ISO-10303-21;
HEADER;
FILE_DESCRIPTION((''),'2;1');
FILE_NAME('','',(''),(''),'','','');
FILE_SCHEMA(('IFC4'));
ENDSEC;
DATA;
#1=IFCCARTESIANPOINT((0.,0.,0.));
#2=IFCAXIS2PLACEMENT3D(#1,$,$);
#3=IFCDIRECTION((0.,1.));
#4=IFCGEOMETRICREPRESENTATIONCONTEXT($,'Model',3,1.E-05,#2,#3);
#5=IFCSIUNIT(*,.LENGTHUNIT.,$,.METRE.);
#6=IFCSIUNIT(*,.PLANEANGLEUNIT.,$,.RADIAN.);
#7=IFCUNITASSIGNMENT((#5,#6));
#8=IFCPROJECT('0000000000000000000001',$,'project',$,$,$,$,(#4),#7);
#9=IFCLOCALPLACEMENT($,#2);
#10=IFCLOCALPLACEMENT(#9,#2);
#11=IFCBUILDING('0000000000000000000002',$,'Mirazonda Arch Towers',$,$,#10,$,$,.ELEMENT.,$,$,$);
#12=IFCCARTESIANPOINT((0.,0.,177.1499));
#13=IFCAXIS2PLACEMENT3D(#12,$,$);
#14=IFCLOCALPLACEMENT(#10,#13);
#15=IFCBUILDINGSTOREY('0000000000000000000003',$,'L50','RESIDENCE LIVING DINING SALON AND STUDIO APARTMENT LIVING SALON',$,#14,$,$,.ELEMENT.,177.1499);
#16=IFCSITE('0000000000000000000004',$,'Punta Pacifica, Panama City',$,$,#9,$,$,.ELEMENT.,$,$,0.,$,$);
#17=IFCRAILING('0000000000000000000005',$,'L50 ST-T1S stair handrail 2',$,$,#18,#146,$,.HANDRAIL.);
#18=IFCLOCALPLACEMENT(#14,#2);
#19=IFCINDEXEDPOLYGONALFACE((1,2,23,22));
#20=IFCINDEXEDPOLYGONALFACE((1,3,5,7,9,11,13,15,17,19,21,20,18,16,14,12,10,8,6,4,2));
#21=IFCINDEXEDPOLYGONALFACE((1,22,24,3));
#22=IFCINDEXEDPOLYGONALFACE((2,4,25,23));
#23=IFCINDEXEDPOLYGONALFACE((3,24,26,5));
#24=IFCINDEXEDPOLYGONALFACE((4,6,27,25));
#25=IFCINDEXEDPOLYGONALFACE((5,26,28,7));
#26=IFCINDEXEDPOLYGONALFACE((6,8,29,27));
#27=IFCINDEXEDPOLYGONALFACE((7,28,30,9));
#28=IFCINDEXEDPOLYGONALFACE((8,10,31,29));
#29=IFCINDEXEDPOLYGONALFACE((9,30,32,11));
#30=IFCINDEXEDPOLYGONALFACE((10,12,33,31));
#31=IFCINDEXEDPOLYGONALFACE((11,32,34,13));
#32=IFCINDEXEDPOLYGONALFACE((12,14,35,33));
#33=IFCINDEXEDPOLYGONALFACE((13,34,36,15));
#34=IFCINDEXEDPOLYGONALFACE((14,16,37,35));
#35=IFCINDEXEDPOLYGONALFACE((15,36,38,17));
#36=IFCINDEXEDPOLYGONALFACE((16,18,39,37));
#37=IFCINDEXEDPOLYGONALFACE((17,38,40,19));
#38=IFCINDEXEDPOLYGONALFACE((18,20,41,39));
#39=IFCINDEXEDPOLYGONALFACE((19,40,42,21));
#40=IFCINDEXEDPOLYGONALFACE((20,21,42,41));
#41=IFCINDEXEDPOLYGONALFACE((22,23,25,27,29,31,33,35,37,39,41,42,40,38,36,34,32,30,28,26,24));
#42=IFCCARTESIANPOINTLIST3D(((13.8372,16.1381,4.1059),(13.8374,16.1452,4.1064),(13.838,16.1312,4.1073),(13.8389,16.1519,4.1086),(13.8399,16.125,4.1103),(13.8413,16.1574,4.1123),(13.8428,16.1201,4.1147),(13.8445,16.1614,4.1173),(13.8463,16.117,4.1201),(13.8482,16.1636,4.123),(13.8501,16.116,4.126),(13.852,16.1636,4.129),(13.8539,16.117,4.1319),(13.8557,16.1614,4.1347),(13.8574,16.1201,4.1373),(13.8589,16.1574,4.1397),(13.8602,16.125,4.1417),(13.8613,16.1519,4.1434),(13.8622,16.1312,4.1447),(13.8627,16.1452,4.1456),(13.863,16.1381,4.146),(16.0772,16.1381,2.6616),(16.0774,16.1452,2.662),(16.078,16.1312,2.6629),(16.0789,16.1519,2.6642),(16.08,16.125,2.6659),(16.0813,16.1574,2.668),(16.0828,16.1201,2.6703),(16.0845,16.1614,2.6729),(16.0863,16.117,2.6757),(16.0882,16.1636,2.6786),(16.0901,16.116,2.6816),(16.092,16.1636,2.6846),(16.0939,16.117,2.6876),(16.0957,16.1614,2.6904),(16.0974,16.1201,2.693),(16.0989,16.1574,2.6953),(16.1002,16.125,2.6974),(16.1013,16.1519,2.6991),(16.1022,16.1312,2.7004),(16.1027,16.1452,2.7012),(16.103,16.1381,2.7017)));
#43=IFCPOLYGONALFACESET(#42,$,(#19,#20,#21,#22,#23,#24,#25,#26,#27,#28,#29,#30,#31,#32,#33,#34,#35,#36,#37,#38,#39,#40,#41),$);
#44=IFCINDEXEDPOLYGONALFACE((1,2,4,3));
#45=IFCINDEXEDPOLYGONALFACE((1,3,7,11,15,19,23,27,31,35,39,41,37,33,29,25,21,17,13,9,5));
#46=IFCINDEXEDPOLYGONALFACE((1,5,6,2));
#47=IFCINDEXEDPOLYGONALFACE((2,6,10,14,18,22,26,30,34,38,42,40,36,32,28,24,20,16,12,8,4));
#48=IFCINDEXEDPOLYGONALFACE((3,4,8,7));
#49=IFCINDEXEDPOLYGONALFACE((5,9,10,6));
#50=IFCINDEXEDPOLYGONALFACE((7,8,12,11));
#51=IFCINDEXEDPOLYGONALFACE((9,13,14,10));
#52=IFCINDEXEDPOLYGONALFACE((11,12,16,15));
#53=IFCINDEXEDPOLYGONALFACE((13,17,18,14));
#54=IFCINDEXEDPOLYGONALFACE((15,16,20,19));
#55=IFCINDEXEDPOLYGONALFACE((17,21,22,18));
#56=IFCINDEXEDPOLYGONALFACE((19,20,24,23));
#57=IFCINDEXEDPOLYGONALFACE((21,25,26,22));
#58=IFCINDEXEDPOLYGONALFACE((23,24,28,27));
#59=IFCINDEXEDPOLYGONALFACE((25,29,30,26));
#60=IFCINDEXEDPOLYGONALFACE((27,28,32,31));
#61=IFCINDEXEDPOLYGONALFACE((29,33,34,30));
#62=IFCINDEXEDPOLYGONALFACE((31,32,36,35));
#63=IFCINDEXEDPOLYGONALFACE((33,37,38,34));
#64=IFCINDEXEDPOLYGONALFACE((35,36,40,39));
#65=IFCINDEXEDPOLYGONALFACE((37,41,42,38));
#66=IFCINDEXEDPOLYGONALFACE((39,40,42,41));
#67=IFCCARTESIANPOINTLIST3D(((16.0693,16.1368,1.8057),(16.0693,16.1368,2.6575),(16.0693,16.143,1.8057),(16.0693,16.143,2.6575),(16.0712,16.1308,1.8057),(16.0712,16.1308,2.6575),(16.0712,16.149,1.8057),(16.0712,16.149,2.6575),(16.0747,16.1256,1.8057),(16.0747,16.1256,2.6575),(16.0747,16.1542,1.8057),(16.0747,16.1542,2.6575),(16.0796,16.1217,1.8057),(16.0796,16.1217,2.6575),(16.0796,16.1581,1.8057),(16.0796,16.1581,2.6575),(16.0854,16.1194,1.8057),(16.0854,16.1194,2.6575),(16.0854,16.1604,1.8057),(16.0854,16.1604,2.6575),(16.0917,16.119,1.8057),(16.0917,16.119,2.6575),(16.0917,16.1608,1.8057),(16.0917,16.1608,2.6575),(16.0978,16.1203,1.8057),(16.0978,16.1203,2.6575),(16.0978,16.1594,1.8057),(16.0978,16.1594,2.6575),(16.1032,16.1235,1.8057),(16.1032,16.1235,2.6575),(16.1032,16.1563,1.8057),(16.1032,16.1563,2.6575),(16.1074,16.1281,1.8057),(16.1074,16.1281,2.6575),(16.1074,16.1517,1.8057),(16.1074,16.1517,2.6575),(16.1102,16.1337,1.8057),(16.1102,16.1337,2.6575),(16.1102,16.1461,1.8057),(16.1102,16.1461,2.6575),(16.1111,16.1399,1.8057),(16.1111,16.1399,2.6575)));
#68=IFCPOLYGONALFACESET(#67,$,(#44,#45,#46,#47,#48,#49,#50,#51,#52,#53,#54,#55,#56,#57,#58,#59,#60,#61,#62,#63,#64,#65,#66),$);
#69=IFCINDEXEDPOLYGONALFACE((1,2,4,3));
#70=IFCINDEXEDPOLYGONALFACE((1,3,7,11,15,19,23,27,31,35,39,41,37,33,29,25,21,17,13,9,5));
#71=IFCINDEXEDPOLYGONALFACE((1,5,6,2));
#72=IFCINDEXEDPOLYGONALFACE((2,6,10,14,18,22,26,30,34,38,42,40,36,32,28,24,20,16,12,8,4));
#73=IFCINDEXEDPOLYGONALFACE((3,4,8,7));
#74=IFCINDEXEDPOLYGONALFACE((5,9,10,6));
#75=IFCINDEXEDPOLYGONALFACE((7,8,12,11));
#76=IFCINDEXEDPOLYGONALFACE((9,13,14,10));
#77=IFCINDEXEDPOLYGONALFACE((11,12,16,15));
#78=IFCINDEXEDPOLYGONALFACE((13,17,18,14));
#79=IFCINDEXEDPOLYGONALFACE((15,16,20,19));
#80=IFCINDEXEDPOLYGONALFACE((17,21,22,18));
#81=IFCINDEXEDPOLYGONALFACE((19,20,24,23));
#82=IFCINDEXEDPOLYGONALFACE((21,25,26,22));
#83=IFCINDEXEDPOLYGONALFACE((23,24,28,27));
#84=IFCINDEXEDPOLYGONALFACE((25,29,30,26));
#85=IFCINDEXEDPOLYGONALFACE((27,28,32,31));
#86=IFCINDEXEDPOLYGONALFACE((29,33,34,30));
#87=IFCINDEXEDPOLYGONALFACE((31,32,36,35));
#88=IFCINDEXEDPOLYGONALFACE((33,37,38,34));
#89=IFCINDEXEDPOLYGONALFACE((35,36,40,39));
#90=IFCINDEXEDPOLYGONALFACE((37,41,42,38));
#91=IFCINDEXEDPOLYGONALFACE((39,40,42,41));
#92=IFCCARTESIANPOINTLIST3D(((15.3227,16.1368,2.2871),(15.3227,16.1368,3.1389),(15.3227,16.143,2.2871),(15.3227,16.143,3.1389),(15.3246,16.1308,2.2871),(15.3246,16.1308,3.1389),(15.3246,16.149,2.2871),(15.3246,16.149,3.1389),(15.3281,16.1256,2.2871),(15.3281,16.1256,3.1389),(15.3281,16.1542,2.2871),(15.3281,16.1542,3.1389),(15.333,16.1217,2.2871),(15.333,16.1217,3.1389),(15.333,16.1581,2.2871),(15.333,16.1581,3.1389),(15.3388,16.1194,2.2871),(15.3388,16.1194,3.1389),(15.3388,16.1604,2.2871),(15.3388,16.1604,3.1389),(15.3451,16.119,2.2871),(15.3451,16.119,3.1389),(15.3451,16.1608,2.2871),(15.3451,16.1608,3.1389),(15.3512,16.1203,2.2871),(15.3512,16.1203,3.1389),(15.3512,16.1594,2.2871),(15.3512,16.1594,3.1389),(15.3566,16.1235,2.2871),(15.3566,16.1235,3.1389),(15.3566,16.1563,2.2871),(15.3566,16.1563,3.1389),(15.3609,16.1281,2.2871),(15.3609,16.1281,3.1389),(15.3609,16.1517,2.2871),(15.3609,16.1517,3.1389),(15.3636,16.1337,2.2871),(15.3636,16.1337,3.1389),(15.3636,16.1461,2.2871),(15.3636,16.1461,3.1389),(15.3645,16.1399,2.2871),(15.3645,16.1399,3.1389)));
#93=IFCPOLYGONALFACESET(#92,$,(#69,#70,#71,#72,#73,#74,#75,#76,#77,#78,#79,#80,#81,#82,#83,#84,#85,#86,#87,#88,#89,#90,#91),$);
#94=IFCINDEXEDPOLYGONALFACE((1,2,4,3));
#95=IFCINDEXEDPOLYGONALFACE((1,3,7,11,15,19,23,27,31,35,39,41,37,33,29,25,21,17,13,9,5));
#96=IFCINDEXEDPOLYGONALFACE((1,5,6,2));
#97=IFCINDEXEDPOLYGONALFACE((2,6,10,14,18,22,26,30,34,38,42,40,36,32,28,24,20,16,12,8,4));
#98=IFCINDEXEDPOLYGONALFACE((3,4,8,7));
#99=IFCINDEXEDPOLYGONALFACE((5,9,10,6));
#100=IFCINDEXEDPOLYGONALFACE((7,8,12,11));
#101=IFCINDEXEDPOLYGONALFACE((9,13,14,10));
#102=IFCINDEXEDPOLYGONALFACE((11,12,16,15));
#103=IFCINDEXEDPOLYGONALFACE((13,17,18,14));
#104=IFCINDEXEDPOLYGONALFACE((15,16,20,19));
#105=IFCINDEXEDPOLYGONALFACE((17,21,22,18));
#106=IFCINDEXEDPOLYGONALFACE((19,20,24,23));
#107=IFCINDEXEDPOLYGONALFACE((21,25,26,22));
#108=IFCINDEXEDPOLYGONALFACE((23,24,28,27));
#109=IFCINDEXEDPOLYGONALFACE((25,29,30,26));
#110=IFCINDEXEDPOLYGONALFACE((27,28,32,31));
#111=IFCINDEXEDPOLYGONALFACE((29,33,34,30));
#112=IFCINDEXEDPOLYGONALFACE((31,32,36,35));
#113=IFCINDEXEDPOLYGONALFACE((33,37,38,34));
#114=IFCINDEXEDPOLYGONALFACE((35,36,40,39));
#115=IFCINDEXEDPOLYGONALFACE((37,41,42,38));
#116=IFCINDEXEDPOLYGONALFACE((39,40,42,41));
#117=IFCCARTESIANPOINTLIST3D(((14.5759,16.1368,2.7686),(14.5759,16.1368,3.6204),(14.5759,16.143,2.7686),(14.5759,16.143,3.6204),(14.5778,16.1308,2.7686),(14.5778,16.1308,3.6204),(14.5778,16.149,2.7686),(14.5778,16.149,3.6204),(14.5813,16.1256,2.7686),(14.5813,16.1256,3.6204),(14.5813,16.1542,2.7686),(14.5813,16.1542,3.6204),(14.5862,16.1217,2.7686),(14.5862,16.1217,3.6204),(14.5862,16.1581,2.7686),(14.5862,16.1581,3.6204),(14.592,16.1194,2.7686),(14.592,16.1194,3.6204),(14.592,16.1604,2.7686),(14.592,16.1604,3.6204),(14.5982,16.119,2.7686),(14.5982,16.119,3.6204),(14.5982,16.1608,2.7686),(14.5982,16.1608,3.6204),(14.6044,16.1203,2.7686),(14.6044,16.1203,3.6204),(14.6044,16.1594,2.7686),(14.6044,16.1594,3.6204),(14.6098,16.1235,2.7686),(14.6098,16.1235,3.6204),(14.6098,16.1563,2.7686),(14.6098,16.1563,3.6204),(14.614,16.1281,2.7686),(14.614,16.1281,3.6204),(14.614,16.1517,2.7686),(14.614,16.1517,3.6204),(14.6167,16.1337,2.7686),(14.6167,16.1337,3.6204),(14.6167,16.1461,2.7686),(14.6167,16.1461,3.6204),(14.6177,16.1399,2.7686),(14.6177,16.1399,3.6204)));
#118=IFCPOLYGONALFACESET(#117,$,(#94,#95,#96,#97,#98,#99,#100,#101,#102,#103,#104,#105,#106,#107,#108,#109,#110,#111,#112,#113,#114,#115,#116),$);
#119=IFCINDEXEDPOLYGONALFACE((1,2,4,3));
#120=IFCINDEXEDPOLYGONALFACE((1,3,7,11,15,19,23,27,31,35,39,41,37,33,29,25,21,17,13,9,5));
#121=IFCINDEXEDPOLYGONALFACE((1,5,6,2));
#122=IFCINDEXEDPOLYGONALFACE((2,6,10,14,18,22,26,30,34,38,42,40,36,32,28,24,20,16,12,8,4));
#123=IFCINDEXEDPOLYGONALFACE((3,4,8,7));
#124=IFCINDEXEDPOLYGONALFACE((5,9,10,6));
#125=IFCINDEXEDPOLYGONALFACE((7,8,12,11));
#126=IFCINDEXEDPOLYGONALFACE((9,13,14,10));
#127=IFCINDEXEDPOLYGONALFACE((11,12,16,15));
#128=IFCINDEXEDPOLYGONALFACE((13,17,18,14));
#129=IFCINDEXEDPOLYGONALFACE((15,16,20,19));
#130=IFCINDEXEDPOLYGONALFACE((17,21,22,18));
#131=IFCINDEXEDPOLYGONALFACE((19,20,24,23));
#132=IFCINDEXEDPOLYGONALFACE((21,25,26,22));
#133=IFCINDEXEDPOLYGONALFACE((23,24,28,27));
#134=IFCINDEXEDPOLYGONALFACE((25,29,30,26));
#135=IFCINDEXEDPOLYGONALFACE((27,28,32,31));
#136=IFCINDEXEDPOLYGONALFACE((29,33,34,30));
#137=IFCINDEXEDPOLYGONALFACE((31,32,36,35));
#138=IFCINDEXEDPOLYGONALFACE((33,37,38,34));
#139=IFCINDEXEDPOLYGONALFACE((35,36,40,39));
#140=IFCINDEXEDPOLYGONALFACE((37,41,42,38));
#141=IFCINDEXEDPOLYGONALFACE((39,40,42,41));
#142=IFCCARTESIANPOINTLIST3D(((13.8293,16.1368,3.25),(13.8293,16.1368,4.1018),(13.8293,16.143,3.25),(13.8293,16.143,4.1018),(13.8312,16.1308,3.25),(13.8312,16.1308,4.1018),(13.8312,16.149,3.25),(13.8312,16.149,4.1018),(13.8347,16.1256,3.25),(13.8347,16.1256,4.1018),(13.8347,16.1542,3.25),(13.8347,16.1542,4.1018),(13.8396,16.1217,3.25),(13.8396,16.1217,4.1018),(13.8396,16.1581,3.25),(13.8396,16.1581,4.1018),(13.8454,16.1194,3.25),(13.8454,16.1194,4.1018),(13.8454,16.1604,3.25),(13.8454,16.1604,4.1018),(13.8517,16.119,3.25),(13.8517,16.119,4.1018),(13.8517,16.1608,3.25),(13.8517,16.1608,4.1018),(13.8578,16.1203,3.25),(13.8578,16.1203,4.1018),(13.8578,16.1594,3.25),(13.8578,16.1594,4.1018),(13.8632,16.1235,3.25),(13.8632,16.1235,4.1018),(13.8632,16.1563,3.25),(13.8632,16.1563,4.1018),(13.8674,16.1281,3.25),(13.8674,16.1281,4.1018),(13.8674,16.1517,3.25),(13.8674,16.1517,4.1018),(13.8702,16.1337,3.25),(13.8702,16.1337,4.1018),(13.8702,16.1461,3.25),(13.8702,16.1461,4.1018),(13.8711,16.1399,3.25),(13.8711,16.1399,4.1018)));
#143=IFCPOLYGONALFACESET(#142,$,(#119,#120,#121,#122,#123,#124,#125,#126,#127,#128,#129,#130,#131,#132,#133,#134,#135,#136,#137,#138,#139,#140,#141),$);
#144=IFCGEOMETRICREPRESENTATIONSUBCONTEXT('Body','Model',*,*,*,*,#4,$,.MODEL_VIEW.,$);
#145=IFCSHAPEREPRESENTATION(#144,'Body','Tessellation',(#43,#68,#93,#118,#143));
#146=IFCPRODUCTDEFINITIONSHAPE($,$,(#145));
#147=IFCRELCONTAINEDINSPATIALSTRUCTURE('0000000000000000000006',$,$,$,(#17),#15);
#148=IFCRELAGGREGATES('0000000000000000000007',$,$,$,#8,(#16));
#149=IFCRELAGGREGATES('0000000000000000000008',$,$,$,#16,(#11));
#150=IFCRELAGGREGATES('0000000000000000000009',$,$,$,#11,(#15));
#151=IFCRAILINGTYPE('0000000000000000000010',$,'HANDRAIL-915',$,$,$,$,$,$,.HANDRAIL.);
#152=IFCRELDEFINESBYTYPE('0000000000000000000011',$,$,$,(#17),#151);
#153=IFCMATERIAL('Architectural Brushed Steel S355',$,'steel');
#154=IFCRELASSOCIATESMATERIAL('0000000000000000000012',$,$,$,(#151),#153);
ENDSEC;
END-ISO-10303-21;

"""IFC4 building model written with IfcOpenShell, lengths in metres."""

from ifc_helpers import new_model, si_unit, direction, frame, origin, origin_2d, place, context, subcontext, project, spatial, circle, extrude, material, type_object, element, save


model = new_model("IFC4")

# Units and contexts
model_context = context("Model", 3, precision=1e-05, world=origin(), true_north=direction((0.0, 1.0)))
body_context = subcontext(model_context, "Body", "Model", "MODEL_VIEW")
ifc_project = project(units=[si_unit("LENGTHUNIT", "METRE"), si_unit("PLANEANGLEUNIT", "RADIAN")], contexts=[model_context])

# Site, building, storey
site_placement = place(None, origin())
site = spatial("IfcSite", under=ifc_project, at=site_placement, Name="Punta Pacifica, Panama City", CompositionType="ELEMENT", RefElevation=0.0)
building_placement = place(site_placement, origin())
building = spatial("IfcBuilding", under=site, at=building_placement, Name="Mirazonda Arch Towers", CompositionType="ELEMENT")
storey_placement = place(building_placement, frame((0.0, 0.0, 177.1499)))
storey = spatial("IfcBuildingStorey", under=building, at=storey_placement, Name="L50", Description="RESIDENCE LIVING DINING SALON AND STUDIO APARTMENT LIVING SALON", CompositionType="ELEMENT", Elevation=177.1499)

# Shared definitions
ifc_material_1 = material(Name="Architectural Brushed Steel S355", Category="steel")

# Railing
railing_type_1 = type_object("IfcRailingType", Name="HANDRAIL-915", PredefinedType="HANDRAIL", material=ifc_material_1)
railing_1_placement = place(storey_placement, frame((16.0901, 16.1399, 1.8057)))
element("IfcRailing", 1, at=railing_1_placement, inside=storey, type_object=railing_type_1, Name="L50 ST-T1S stair handrail 2", PredefinedType="HANDRAIL", context=body_context, shape_type="SweptSolid", body=[
    extrude(circle(Radius=0.0239, at=origin_2d()), frame((0.0, 0.0, 0.876), z_axis=(-0.840437, 0.0, 0.54191), x_axis=(0.0, -1.0, 0.0)), (0.0, 0.0, 1.0), 2.6653),
    extrude(circle(Radius=0.021, at=origin_2d()), origin(), (0.0, 0.0, 1.0), 0.8518),
    extrude(circle(Radius=0.021, at=origin_2d()), frame((-0.7466, 0.0, 0.4814)), (0.0, 0.0, 1.0), 0.8518),
    extrude(circle(Radius=0.021, at=origin_2d()), frame((-1.4934, 0.0, 0.9629)), (0.0, 0.0, 1.0), 0.8518),
    extrude(circle(Radius=0.021, at=origin_2d()), frame((-2.24, 0.0, 1.4443)), (0.0, 0.0, 1.0), 0.8518),
])

save(model, "model.ifc")
